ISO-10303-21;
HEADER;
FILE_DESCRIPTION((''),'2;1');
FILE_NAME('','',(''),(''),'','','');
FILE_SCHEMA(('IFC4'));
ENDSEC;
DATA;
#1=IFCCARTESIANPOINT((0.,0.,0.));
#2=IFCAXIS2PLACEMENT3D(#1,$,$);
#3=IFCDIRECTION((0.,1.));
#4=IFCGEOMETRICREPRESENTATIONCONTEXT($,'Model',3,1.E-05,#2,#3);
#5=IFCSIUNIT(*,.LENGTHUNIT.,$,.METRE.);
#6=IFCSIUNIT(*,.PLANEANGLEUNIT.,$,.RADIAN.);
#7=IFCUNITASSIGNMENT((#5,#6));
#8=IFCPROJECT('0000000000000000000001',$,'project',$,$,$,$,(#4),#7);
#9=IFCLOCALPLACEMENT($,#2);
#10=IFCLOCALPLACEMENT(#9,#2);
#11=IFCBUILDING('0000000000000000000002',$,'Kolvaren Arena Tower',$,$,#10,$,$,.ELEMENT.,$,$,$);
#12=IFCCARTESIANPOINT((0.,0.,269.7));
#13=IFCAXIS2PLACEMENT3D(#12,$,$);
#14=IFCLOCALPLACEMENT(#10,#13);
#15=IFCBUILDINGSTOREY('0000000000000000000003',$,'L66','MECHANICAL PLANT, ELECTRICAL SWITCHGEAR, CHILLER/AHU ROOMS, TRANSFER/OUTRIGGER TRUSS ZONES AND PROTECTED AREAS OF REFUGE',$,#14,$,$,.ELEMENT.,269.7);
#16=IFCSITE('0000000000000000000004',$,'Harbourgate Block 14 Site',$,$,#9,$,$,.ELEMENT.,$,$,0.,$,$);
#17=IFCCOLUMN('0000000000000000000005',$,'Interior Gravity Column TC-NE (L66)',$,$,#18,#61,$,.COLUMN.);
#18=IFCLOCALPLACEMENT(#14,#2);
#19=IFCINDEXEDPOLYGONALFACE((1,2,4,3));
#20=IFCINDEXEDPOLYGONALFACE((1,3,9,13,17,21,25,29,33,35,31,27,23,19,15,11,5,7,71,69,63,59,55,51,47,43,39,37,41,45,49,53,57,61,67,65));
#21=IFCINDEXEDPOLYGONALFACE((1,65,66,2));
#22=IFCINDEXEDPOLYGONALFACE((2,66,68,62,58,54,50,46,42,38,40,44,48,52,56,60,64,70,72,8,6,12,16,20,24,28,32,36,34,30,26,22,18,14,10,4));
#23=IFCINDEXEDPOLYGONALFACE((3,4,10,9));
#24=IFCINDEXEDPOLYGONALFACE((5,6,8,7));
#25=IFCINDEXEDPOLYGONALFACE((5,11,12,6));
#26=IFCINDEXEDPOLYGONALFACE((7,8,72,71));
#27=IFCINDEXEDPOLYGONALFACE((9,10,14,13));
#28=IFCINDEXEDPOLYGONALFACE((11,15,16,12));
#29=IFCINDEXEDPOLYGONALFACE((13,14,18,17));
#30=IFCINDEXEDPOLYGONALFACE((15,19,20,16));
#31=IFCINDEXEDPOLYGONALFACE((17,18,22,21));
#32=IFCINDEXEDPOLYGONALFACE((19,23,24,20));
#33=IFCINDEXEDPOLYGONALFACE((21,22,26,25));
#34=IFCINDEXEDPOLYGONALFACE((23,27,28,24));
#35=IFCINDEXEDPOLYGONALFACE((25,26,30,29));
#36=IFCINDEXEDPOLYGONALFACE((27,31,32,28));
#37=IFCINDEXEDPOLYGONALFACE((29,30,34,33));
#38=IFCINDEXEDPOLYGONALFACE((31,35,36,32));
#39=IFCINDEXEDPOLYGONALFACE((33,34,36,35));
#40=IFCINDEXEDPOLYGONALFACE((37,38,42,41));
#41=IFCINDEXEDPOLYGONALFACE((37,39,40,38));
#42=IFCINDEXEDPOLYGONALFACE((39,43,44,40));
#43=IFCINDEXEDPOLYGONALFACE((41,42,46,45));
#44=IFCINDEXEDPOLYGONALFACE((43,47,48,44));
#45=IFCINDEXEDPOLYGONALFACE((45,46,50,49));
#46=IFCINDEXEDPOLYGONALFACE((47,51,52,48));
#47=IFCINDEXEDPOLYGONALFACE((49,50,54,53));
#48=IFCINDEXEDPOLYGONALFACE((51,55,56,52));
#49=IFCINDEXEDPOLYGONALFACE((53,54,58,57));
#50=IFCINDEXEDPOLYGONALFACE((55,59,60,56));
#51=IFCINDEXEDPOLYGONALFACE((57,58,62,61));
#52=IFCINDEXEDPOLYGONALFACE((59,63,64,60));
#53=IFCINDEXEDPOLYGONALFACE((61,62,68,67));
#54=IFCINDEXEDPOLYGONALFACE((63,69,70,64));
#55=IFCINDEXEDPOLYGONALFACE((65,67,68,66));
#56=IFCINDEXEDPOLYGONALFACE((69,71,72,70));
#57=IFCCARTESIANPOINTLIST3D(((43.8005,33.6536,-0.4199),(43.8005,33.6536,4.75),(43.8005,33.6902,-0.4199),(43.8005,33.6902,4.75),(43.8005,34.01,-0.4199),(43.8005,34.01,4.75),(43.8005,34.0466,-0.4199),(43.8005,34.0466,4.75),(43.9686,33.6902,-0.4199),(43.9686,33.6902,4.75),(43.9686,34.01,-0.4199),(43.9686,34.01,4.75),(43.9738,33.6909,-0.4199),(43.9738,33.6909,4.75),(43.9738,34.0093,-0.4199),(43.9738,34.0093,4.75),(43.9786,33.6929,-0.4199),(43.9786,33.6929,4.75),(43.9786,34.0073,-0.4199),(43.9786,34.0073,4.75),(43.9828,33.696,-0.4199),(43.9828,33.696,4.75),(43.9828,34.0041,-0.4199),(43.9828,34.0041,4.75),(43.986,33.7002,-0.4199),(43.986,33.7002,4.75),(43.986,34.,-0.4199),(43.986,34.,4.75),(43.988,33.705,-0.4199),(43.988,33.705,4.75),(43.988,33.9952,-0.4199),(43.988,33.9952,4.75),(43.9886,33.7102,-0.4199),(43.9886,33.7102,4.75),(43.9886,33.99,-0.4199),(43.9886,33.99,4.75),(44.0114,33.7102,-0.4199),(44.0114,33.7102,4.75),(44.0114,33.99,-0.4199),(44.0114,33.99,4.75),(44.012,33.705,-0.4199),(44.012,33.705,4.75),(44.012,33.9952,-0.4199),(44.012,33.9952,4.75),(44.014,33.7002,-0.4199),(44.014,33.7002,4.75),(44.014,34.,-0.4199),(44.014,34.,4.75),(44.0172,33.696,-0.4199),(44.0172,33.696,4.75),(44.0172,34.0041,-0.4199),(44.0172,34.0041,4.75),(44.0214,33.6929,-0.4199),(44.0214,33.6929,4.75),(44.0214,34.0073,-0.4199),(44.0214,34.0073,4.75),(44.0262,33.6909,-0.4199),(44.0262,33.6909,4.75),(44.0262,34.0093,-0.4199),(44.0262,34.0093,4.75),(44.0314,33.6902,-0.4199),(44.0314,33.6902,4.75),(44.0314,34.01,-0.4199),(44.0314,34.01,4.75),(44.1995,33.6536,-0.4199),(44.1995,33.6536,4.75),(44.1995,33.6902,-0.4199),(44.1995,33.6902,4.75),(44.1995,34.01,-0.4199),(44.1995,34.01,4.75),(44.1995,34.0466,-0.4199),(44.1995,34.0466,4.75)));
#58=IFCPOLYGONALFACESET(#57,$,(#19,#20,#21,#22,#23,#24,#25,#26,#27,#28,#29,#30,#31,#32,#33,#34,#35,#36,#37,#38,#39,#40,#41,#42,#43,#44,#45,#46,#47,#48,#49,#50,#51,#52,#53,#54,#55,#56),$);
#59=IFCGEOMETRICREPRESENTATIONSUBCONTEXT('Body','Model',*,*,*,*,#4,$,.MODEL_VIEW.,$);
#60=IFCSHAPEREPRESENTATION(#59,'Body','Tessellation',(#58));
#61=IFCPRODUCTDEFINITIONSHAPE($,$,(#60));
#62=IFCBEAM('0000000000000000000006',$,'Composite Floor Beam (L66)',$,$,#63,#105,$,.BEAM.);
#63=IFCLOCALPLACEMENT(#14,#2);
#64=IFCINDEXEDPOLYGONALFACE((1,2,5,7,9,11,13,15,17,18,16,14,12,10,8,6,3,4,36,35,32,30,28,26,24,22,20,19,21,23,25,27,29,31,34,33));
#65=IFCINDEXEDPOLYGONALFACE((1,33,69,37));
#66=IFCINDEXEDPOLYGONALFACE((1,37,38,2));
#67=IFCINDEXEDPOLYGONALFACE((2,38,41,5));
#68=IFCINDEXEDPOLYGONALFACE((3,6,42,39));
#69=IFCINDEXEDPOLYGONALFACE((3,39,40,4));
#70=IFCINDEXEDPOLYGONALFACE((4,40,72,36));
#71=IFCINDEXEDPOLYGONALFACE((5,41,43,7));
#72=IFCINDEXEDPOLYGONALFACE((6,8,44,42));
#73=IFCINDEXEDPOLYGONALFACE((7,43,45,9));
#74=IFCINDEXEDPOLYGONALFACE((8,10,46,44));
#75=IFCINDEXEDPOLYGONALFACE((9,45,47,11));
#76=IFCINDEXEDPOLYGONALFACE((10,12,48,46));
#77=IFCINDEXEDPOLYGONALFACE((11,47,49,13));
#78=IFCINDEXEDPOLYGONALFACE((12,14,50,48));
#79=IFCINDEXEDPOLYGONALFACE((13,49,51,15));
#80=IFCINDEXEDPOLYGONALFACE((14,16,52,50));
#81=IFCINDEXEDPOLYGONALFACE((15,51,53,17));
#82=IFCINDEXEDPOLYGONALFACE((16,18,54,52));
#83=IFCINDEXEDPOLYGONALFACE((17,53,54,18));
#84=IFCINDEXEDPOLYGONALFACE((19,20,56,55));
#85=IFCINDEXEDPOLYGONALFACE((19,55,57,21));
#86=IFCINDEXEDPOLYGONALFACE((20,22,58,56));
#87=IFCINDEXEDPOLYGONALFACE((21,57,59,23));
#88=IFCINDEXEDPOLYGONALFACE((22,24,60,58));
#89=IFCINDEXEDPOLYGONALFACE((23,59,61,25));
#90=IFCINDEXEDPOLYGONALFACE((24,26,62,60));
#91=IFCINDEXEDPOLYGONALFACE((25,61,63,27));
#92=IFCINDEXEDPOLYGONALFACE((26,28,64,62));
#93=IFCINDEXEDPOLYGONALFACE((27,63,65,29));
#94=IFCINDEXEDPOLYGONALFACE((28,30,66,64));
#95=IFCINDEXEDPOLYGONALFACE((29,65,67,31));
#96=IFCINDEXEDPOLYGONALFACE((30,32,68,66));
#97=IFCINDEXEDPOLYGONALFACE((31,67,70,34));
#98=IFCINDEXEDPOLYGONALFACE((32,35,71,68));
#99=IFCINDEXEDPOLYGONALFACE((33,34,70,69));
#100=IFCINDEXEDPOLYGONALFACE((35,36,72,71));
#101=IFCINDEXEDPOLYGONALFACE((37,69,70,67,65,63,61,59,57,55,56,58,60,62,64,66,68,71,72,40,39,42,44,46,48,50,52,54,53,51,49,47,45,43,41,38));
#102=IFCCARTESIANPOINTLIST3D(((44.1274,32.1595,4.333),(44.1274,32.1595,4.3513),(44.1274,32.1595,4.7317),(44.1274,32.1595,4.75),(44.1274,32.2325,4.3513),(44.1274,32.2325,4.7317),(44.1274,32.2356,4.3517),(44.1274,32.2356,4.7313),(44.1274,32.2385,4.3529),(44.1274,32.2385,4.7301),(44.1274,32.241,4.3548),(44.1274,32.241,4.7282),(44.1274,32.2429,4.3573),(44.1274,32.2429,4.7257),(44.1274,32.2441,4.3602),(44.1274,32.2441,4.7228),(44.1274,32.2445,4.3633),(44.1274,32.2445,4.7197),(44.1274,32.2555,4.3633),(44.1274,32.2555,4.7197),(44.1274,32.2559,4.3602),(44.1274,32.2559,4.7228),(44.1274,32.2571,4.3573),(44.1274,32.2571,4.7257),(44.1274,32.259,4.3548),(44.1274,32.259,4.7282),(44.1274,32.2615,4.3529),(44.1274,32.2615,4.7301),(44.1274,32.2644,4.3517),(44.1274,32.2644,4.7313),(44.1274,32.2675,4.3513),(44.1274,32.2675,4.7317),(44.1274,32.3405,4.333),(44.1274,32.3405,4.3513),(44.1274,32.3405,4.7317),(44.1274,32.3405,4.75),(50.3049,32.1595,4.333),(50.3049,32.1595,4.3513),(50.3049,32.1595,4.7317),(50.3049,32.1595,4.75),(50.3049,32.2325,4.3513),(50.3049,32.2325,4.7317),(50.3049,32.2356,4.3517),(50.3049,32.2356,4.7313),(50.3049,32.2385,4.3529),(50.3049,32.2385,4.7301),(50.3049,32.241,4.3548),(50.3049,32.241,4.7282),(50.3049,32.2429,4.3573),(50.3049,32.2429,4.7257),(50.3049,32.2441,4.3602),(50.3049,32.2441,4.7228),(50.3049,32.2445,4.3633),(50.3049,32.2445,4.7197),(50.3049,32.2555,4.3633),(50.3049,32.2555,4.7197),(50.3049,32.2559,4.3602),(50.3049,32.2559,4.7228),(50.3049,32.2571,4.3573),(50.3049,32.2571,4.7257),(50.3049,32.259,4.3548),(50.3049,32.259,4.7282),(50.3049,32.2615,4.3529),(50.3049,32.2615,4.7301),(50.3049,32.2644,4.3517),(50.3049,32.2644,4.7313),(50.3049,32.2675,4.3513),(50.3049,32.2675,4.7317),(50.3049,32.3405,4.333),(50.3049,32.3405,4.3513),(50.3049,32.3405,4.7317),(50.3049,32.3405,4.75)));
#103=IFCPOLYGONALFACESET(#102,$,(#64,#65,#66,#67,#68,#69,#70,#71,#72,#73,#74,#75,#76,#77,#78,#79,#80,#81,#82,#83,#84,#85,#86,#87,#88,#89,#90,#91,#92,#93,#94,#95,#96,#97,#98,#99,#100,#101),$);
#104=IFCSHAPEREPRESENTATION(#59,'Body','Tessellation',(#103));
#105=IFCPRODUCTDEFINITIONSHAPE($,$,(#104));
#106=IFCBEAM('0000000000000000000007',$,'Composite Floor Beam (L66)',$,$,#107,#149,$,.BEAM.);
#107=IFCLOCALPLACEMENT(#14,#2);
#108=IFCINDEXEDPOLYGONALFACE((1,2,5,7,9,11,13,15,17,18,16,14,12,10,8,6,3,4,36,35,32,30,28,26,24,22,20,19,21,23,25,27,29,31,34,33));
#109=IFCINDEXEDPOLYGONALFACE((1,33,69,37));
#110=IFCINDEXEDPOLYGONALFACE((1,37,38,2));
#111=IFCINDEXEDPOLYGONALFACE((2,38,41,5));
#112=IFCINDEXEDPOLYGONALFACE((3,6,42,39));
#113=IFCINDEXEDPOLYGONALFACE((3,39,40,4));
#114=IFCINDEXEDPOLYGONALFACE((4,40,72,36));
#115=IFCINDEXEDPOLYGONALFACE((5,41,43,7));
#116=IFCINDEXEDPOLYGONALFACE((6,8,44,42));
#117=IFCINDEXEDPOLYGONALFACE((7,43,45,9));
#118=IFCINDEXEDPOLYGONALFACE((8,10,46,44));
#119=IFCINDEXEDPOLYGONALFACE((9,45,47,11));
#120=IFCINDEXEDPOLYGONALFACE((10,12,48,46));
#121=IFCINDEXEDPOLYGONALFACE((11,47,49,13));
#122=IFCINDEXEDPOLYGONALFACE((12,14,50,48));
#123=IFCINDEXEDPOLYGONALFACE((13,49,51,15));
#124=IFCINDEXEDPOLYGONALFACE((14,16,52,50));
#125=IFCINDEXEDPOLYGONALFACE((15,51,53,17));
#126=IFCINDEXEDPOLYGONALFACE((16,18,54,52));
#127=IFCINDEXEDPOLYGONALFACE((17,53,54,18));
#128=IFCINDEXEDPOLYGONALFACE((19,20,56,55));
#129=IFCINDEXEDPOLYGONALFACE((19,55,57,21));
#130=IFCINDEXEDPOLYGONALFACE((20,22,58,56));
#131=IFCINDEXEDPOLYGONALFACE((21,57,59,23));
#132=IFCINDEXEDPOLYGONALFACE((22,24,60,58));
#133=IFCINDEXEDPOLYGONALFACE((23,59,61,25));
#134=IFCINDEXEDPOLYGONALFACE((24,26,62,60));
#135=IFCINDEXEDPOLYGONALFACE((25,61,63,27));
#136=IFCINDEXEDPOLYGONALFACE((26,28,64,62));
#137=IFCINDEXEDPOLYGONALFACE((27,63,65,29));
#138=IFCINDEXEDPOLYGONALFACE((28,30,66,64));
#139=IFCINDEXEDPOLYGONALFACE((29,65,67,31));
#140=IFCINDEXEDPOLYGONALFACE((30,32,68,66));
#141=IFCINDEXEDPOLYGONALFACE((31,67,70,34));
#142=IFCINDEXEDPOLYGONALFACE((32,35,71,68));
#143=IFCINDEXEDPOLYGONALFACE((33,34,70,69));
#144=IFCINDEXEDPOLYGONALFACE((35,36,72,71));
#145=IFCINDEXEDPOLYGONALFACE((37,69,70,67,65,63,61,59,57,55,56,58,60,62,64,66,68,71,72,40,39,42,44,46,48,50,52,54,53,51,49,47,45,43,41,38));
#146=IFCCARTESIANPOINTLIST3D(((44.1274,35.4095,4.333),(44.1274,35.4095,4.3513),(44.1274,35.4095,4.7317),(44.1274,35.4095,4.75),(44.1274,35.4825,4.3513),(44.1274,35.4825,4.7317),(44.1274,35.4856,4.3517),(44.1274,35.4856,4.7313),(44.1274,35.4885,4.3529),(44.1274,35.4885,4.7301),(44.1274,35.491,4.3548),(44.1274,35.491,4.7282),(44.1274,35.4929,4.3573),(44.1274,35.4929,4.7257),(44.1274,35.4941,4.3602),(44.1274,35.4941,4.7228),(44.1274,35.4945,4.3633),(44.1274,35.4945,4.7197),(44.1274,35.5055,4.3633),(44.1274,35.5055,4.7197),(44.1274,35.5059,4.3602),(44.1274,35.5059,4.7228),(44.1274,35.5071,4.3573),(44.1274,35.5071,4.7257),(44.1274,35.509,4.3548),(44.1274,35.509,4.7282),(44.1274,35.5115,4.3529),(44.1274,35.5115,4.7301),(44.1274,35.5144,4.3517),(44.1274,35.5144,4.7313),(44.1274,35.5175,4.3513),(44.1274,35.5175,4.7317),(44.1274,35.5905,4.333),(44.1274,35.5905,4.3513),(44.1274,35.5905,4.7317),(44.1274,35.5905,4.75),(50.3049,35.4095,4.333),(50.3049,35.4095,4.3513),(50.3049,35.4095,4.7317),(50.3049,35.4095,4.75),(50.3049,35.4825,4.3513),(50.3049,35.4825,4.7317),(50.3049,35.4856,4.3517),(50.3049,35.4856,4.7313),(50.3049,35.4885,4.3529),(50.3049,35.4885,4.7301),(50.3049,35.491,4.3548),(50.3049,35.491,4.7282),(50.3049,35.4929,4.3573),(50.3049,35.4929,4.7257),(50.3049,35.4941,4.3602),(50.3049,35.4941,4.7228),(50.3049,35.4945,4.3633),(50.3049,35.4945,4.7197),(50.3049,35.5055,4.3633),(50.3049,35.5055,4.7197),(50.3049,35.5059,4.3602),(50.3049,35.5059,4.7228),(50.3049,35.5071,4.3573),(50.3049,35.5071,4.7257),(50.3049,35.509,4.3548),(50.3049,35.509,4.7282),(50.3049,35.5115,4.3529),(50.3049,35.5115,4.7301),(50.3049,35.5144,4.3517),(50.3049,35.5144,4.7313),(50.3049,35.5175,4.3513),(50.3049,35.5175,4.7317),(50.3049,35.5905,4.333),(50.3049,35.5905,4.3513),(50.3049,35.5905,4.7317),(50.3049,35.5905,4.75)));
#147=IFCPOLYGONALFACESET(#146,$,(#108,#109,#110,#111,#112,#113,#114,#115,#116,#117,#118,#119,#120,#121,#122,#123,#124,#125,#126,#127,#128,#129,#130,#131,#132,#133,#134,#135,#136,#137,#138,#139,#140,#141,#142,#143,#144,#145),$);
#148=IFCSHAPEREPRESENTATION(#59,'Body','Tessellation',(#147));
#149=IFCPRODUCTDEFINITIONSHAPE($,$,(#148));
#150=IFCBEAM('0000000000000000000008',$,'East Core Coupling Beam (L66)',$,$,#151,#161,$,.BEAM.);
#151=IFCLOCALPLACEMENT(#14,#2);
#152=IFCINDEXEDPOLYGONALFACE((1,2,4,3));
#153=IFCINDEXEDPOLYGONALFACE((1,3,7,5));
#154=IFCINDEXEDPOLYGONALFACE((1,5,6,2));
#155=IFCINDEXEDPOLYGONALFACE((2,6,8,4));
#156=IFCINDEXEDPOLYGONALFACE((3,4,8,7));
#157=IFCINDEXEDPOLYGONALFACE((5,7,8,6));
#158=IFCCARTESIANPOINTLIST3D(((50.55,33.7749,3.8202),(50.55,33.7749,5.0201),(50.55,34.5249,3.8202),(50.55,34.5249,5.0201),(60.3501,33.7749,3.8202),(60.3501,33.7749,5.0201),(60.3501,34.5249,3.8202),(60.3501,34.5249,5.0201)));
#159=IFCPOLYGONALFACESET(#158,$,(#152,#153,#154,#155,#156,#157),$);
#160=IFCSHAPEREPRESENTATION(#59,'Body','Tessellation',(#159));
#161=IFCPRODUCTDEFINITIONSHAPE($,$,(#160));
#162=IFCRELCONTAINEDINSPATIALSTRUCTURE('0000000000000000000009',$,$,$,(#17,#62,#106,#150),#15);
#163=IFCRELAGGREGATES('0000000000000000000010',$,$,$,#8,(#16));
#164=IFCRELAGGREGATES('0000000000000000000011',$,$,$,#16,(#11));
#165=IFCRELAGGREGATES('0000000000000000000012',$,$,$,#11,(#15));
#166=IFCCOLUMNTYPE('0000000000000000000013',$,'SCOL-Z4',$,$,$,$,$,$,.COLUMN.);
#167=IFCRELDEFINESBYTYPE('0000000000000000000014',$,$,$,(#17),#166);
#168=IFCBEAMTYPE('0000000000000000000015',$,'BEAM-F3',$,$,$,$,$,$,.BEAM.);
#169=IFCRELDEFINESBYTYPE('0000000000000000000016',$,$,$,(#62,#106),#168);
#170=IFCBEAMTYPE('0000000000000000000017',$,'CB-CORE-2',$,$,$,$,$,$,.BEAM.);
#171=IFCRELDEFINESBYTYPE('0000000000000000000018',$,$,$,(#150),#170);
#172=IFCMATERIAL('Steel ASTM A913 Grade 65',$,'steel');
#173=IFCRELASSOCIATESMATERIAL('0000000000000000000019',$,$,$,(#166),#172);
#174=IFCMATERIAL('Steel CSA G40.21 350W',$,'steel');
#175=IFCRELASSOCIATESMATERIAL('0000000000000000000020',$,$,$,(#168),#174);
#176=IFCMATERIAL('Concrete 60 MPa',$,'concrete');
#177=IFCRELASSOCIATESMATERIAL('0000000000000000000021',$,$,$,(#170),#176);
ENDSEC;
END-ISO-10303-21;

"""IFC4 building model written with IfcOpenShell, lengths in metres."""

from ifc_helpers import new_model, si_unit, direction, frame, origin, origin_2d, place, context, subcontext, project, spatial, rectangle, i_section, extrude, material, material_profile, profile_set, type_object, element, save


model = new_model("IFC4")

# Units and contexts
model_context = context("Model", 3, precision=1e-05, world=origin(), true_north=direction((0.0, 1.0)))
body_context = subcontext(model_context, "Body", "Model", "MODEL_VIEW")
ifc_project = project(units=[si_unit("LENGTHUNIT", "METRE"), si_unit("PLANEANGLEUNIT", "RADIAN")], contexts=[model_context])

# Site, building, storey
site_placement = place(None, origin())
site = spatial("IfcSite", under=ifc_project, at=site_placement, Name="Harbourgate Block 14 Site", CompositionType="ELEMENT", RefElevation=0.0)
building_placement = place(site_placement, origin())
building = spatial("IfcBuilding", under=site, at=building_placement, Name="Kolvaren Arena Tower", CompositionType="ELEMENT")
storey_placement = place(building_placement, frame((0.0, 0.0, 269.7)))
storey = spatial("IfcBuildingStorey", under=building, at=storey_placement, Name="L66", Description="MECHANICAL PLANT, ELECTRICAL SWITCHGEAR, CHILLER/AHU ROOMS, TRANSFER/OUTRIGGER TRUSS ZONES AND PROTECTED AREAS OF REFUGE", CompositionType="ELEMENT", Elevation=269.7)

# Column
ifc_material_1 = material(Name="Steel ASTM A913 Grade 65", Category="steel")
ifc_material_profile_1 = material_profile(ifc_material_1, i_section(OverallWidth=0.3989, OverallDepth=0.3931, WebThickness=0.0227, FlangeThickness=0.0366, FilletRadius=0.02, at=origin_2d()), Name="W360x287")
ifc_profile_set_1 = profile_set([ifc_material_profile_1], Name="Steel ASTM A913 Grade 65")
column_type = type_object("IfcColumnType", Name="SCOL-Z4", PredefinedType="COLUMN", material=ifc_profile_set_1)
column_placement = place(storey_placement, frame((44.0, 33.8501, -0.4199), z_axis=(0.0, 0.0, 1.0), x_axis=(1.0, 0.0, 0.0)))
element("IfcColumn", 1, at=column_placement, inside=storey, type_object=column_type, Name="Interior Gravity Column TC-NE (L66)", PredefinedType="COLUMN", context=body_context, shape_type="SweptSolid", body=[
    extrude(i_section(OverallWidth=0.3989, OverallDepth=0.3931, WebThickness=0.0227, FlangeThickness=0.0366, FilletRadius=0.02, at=origin_2d()), origin(), (0.0, 0.0, 1.0), 5.1699),
])

# Beams
ifc_material_2 = material(Name="Steel CSA G40.21 350W", Category="steel")
ifc_material_profile_2 = material_profile(ifc_material_2, i_section(OverallWidth=0.1809, OverallDepth=0.417, WebThickness=0.011, FlangeThickness=0.0183, FilletRadius=0.012, at=origin_2d()), Name="W410x85")
ifc_profile_set_2 = profile_set([ifc_material_profile_2], Name="Steel CSA G40.21 350W")
beam_type_1 = type_object("IfcBeamType", Name="BEAM-F3", PredefinedType="BEAM", material=ifc_profile_set_2)
for number, where, z_axis, x_axis, name in (
    (2, (44.1274, 32.25, 4.5415), (1.0, 0.0, 0.0), (0.0, 1.0, 0.0), "Composite Floor Beam (L66)"),
    (3, (44.1274, 35.5, 4.5415), (1.0, 0.0, 0.0), (0.0, 1.0, 0.0), "Composite Floor Beam (L66)"),
):
    element("IfcBeam", number, at=place(storey_placement, frame(where, z_axis=z_axis, x_axis=x_axis)), inside=storey, type_object=beam_type_1, Name=name, PredefinedType="BEAM", context=body_context, shape_type="SweptSolid", body=[
        extrude(i_section(OverallWidth=0.1809, OverallDepth=0.417, WebThickness=0.011, FlangeThickness=0.0183, FilletRadius=0.012, at=origin_2d()), origin(), (0.0, 0.0, 1.0), 6.1775),
    ])
ifc_material_3 = material(Name="Concrete 60 MPa", Category="concrete")
ifc_material_profile_3 = material_profile(ifc_material_3, rectangle(XDim=0.75, YDim=1.2, at=origin_2d()), Name="RC-750x1200")
ifc_profile_set_3 = profile_set([ifc_material_profile_3], Name="Concrete 60 MPa")
beam_type_2 = type_object("IfcBeamType", Name="CB-CORE-2", PredefinedType="BEAM", material=ifc_profile_set_3)
beam_1_placement = place(storey_placement, frame((50.55, 34.1499, 4.4202), z_axis=(1.0, 0.0, 0.0), x_axis=(0.0, 1.0, 0.0)))
element("IfcBeam", 4, at=beam_1_placement, inside=storey, type_object=beam_type_2, Name="East Core Coupling Beam (L66)", PredefinedType="BEAM", context=body_context, shape_type="SweptSolid", body=[
    extrude(rectangle(XDim=0.75, YDim=1.2, at=origin_2d()), origin(), (0.0, 0.0, 1.0), 9.8),
])

save(model, "model.ifc")
